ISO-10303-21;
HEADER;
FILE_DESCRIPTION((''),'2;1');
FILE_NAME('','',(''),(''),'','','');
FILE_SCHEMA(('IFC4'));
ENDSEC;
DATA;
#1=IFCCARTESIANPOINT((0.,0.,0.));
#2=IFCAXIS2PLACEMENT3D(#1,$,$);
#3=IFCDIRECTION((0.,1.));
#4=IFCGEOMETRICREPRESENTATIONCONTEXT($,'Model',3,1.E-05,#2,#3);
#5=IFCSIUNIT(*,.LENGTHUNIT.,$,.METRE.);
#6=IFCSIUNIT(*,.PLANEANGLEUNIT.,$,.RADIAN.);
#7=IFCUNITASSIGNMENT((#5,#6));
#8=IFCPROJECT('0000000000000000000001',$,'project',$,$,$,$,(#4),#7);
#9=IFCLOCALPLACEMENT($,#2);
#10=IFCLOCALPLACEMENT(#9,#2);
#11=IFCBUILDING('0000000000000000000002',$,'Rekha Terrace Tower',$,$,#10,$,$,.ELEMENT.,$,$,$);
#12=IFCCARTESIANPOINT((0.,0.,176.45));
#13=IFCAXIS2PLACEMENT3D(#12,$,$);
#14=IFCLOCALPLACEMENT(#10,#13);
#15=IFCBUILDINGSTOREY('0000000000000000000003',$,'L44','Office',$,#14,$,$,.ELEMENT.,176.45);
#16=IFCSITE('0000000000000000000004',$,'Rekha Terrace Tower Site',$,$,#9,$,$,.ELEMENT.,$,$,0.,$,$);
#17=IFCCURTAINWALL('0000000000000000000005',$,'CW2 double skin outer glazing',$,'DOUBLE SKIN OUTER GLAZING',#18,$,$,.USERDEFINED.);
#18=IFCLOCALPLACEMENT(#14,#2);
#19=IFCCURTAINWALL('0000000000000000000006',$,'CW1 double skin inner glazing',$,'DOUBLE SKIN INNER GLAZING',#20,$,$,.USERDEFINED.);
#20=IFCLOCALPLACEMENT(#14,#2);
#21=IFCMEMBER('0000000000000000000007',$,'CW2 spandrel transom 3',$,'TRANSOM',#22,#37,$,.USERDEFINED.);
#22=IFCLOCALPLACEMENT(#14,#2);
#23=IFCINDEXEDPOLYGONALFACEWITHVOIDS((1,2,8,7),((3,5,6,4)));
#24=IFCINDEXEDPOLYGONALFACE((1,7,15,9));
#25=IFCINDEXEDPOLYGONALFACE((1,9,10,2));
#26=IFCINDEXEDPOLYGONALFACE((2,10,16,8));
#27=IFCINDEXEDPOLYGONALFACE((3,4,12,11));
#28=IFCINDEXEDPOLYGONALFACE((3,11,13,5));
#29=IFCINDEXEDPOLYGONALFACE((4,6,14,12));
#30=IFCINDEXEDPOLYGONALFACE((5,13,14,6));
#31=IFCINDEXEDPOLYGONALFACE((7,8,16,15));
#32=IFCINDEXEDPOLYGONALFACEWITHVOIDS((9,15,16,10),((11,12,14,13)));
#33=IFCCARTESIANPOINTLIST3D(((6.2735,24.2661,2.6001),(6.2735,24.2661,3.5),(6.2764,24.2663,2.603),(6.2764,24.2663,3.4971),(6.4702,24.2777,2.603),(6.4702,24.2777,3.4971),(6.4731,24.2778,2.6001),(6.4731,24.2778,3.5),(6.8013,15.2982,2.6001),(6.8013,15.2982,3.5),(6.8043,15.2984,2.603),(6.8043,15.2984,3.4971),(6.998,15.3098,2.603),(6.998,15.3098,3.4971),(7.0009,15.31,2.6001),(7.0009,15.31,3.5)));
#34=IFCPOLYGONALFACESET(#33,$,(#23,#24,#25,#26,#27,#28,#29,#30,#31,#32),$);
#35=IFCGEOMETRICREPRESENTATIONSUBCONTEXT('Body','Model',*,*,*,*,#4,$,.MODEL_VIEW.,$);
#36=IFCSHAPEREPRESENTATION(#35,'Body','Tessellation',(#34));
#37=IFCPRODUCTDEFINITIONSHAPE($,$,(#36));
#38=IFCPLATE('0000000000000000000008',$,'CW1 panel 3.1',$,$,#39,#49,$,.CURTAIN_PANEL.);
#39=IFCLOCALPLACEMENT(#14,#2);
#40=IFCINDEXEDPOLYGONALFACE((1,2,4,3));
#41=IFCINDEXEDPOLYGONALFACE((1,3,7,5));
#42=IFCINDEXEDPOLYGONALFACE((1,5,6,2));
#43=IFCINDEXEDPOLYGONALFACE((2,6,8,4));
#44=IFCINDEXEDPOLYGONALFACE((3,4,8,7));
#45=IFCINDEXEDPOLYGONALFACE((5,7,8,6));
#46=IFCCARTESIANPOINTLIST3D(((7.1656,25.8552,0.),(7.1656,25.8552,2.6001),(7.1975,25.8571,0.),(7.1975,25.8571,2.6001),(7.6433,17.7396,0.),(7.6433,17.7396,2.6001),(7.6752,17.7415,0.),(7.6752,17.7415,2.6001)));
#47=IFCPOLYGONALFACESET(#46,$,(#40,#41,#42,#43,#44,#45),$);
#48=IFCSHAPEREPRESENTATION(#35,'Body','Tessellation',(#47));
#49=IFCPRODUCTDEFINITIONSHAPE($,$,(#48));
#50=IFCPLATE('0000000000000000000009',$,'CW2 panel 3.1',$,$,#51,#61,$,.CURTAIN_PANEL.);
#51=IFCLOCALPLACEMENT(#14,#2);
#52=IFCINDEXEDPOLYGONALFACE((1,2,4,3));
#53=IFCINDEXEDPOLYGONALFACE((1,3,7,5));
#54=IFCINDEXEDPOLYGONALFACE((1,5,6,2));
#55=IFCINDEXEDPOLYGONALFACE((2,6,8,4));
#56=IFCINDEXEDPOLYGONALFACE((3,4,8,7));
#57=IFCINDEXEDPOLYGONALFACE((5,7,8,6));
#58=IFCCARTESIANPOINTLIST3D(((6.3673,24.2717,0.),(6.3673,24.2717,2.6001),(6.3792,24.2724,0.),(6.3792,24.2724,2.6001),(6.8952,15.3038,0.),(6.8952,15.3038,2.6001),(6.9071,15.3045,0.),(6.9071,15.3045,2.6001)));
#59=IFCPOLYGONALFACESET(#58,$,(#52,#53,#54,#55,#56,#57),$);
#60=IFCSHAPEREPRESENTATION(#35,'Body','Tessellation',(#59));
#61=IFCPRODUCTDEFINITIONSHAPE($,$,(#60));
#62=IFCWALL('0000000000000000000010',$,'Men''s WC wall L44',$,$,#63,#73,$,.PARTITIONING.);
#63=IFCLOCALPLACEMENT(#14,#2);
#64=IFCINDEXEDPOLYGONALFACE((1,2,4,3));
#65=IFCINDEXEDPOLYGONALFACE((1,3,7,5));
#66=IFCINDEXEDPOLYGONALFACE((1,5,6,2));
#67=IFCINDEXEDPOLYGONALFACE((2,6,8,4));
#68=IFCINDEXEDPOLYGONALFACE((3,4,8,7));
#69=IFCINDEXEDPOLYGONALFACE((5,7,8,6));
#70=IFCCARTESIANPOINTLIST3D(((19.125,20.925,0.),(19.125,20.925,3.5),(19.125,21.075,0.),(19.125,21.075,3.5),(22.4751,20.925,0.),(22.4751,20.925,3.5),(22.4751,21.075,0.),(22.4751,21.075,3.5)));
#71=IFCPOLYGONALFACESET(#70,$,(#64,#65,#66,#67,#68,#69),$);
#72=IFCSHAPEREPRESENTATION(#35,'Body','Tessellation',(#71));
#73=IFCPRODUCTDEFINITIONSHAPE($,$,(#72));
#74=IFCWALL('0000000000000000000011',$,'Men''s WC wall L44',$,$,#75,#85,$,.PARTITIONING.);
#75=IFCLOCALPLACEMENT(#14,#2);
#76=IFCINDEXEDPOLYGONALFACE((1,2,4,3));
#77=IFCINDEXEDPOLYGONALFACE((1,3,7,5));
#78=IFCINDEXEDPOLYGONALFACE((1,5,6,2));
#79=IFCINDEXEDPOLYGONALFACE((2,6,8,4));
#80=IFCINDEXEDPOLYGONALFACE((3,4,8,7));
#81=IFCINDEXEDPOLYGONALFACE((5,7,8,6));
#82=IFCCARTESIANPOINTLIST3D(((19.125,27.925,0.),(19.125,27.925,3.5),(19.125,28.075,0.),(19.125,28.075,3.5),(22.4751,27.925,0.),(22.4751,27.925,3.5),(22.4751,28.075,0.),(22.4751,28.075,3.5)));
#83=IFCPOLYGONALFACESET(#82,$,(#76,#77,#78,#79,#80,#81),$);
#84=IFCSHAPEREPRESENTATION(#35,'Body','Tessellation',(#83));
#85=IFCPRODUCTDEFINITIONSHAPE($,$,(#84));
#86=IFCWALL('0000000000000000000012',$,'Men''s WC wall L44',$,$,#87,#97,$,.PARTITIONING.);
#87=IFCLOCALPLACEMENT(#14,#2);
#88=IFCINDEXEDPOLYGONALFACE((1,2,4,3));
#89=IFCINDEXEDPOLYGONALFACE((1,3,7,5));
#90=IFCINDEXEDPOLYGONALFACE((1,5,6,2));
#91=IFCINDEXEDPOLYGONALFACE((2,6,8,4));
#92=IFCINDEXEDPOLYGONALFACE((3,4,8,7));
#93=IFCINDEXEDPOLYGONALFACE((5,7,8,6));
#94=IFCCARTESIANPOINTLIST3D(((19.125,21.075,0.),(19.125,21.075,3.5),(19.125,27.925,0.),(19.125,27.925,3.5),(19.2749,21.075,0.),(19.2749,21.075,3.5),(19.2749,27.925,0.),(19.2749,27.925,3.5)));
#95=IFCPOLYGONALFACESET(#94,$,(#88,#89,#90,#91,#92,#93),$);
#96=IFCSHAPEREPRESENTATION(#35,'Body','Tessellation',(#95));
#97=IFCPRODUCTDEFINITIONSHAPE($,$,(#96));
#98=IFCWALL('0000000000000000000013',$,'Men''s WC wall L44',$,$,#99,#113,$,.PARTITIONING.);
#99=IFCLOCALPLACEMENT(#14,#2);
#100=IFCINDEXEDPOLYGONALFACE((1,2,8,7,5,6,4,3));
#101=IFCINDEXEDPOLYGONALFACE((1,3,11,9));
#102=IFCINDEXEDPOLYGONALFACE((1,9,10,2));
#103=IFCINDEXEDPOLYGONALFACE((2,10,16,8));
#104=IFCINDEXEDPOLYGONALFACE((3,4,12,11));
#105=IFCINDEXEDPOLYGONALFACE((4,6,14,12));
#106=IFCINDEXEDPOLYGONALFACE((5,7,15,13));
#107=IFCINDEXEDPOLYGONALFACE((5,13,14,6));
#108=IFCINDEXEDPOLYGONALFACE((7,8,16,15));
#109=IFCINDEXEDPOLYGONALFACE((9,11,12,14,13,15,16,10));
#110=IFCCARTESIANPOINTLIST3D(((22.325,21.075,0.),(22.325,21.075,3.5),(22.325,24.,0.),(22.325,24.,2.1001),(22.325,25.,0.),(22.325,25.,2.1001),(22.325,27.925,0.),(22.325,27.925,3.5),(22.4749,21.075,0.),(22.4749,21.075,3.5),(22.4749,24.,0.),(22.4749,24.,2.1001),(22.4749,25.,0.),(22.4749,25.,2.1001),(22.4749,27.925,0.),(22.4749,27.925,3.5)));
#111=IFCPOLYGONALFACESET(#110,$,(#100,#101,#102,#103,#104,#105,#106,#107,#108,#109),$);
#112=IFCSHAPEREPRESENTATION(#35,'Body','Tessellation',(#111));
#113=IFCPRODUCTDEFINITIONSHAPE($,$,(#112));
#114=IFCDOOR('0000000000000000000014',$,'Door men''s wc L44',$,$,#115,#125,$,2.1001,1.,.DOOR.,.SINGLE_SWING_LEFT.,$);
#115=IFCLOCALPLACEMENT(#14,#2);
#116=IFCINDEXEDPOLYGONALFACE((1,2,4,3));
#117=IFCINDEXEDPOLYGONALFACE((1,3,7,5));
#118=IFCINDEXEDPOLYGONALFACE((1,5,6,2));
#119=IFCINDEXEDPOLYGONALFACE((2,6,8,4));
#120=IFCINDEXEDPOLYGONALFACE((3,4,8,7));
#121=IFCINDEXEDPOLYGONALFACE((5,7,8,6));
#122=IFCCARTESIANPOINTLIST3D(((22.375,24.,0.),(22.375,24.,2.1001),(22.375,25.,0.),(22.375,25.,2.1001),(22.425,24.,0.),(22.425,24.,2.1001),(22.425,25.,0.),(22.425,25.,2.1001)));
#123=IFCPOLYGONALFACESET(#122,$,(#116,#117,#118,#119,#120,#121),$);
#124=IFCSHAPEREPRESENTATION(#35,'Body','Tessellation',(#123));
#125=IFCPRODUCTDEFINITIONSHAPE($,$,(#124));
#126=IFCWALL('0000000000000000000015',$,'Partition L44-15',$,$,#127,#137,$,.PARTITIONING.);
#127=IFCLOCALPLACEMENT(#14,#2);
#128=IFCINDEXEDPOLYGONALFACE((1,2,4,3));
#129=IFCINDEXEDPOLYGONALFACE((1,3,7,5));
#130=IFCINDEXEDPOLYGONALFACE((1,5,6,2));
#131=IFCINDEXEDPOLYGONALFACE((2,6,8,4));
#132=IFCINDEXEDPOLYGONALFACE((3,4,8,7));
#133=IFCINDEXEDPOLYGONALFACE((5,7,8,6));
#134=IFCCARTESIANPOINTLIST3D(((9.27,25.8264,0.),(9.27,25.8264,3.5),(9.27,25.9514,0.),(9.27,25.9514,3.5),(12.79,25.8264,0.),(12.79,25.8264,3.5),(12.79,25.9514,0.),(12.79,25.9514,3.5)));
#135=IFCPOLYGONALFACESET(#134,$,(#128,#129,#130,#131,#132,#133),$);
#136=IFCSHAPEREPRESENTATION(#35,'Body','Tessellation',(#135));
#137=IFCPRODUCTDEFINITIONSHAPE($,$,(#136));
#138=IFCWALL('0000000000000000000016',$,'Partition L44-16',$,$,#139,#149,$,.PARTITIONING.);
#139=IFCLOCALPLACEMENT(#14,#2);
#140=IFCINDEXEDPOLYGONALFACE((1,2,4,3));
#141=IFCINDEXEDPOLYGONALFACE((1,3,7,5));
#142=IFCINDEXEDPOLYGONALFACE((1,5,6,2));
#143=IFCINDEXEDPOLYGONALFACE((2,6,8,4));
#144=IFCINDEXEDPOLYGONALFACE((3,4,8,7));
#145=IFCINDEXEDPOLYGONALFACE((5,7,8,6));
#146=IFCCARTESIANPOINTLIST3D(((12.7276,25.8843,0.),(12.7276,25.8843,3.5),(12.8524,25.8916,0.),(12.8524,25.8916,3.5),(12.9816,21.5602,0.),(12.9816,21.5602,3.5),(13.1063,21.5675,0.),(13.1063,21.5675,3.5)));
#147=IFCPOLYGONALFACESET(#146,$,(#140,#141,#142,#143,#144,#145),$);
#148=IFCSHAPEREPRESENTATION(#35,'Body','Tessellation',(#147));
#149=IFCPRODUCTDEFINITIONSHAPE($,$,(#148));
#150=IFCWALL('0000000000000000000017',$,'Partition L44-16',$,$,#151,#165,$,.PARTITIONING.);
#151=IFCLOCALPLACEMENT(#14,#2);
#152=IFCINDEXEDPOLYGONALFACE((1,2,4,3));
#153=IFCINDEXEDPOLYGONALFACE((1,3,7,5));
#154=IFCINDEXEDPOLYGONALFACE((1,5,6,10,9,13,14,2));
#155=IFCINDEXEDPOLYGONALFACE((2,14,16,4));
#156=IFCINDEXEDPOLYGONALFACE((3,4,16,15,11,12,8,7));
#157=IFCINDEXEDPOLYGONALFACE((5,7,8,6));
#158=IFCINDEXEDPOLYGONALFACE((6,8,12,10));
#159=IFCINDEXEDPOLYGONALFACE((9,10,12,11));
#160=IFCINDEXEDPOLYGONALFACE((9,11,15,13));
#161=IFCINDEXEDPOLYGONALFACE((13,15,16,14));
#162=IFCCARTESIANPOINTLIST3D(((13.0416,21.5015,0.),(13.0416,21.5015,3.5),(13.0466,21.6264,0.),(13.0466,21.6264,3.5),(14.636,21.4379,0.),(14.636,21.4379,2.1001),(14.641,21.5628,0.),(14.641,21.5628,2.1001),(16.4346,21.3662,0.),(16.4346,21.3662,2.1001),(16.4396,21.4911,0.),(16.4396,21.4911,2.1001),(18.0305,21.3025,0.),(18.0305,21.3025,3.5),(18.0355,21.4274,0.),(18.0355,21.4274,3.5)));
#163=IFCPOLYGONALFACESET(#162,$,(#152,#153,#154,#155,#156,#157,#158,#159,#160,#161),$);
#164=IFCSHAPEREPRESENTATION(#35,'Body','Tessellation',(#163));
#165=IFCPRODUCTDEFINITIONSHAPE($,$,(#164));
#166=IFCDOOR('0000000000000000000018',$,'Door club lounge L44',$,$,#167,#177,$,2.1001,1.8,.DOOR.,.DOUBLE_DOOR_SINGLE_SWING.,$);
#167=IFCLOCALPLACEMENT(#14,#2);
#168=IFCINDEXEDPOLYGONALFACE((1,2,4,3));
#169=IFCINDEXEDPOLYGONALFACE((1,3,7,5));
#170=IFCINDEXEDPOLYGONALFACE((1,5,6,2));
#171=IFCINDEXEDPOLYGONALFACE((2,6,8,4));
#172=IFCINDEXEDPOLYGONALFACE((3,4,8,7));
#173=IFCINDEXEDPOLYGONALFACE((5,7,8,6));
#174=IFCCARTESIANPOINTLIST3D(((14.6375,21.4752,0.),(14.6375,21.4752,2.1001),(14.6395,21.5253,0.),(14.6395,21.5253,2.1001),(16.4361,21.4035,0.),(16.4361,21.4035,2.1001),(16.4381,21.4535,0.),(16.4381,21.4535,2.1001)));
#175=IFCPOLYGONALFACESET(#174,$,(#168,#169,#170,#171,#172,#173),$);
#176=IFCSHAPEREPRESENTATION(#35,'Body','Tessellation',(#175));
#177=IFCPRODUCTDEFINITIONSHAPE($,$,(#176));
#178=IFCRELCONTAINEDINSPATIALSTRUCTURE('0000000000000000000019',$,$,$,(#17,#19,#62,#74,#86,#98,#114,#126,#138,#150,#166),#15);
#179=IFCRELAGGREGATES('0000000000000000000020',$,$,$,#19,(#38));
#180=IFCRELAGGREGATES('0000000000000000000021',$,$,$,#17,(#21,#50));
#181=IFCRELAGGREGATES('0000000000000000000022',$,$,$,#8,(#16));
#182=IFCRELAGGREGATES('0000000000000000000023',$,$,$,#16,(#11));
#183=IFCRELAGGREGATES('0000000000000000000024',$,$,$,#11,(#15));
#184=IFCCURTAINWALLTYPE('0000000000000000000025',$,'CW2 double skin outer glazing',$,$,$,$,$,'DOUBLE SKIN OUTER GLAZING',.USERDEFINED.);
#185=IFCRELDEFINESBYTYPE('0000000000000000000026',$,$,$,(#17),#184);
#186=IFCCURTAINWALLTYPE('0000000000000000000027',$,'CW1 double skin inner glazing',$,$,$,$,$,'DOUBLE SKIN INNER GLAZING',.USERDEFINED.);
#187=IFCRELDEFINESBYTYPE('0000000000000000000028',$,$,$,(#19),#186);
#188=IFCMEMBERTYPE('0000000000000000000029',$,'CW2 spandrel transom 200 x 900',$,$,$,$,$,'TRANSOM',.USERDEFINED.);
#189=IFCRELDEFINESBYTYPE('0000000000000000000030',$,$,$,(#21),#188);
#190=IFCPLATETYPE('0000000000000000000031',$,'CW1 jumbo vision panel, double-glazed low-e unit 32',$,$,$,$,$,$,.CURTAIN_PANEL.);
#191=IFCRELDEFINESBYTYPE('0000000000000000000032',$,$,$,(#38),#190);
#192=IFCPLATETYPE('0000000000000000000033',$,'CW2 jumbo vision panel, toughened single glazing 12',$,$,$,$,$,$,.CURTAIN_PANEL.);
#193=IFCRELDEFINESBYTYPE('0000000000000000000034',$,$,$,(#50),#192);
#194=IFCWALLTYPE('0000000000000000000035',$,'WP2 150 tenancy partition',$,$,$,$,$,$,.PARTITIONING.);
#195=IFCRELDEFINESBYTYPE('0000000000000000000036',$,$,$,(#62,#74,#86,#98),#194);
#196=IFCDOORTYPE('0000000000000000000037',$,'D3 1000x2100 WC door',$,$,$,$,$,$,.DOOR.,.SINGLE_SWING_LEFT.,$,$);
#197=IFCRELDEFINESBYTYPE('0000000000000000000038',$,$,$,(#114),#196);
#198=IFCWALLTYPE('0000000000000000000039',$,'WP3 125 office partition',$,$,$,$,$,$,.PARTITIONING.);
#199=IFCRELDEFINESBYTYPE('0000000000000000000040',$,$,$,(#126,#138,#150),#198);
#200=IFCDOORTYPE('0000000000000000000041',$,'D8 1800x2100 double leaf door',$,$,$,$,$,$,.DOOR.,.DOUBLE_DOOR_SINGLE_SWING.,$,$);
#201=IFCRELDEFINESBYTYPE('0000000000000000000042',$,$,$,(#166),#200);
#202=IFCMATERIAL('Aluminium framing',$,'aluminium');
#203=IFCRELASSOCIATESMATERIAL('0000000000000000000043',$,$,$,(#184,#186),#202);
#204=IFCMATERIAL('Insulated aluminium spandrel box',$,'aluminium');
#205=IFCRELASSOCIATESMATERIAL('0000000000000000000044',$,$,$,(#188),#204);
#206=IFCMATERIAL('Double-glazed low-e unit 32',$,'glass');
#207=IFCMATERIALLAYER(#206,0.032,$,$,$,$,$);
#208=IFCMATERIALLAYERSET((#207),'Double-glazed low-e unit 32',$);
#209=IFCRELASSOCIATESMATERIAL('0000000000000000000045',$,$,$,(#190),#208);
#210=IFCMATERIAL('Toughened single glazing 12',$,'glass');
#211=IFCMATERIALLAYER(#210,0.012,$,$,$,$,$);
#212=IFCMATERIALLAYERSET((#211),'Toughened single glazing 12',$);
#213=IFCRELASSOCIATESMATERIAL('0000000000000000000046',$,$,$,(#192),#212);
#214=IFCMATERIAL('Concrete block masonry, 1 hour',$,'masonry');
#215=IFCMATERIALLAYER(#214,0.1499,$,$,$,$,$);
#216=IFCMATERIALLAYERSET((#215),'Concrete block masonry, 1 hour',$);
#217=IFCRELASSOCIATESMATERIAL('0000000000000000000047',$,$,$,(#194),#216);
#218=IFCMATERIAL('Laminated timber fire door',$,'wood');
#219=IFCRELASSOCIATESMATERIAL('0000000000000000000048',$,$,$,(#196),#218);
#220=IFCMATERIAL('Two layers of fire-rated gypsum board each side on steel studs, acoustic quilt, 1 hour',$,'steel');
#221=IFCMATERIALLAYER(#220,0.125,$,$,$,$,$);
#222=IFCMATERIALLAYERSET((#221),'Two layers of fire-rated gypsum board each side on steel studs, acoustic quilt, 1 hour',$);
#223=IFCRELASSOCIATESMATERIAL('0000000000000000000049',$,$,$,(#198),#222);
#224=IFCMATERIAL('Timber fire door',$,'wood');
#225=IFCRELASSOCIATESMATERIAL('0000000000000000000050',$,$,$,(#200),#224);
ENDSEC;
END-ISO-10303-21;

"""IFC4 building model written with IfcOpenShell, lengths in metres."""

from ifc_helpers import new_model, si_unit, direction, frame, frame_2d, origin, origin_2d, place, context, subcontext, project, spatial, rectangle, hollow_rectangle, extrude, material, layer, layer_set, material_profile, profile_set, type_object, element, fill, aggregate, save


model = new_model("IFC4")

# Units and contexts
model_context = context("Model", 3, precision=1e-05, world=origin(), true_north=direction((0.0, 1.0)))
body_context = subcontext(model_context, "Body", "Model", "MODEL_VIEW")
ifc_project = project(units=[si_unit("LENGTHUNIT", "METRE"), si_unit("PLANEANGLEUNIT", "RADIAN")], contexts=[model_context])

# Site, building, storey
site_placement = place(None, origin())
site = spatial("IfcSite", under=ifc_project, at=site_placement, Name="Rekha Terrace Tower Site", CompositionType="ELEMENT", RefElevation=0.0)
building_placement = place(site_placement, origin())
building = spatial("IfcBuilding", under=site, at=building_placement, Name="Rekha Terrace Tower", CompositionType="ELEMENT")
storey_placement = place(building_placement, frame((0.0, 0.0, 176.45)))
storey = spatial("IfcBuildingStorey", under=building, at=storey_placement, Name="L44", Description="Office", CompositionType="ELEMENT", Elevation=176.45)

# Curtain wall
ifc_material_1 = material(Name="Aluminium framing", Category="aluminium")
curtain_wall_type_1 = type_object("IfcCurtainWallType", Name="CW2 double skin outer glazing", ElementType="DOUBLE SKIN OUTER GLAZING", PredefinedType="USERDEFINED", material=ifc_material_1)
curtain_wall_1_placement = place(storey_placement, origin())
curtain_wall_1 = element("IfcCurtainWall", 1, at=curtain_wall_1_placement, inside=storey, type_object=curtain_wall_type_1, Name="CW2 double skin outer glazing", ObjectType="DOUBLE SKIN OUTER GLAZING", PredefinedType="USERDEFINED")
curtain_wall_type_2 = type_object("IfcCurtainWallType", Name="CW1 double skin inner glazing", ElementType="DOUBLE SKIN INNER GLAZING", PredefinedType="USERDEFINED", material=ifc_material_1)

# Curtain wall
curtain_wall_2_placement = place(storey_placement, origin())
curtain_wall_2 = element("IfcCurtainWall", 2, at=curtain_wall_2_placement, inside=storey, type_object=curtain_wall_type_2, Name="CW1 double skin inner glazing", ObjectType="DOUBLE SKIN INNER GLAZING", PredefinedType="USERDEFINED")

# Member
ifc_material_2 = material(Name="Insulated aluminium spandrel box", Category="aluminium")
ifc_material_profile_1 = material_profile(ifc_material_2, hollow_rectangle(XDim=0.2, YDim=0.8999, WallThickness=0.0029, at=origin_2d()), Name="AL SPANDREL BOX 200x900")
ifc_profile_set_1 = profile_set([ifc_material_profile_1], Name="Insulated aluminium spandrel box")
member_type_1 = type_object("IfcMemberType", Name="CW2 spandrel transom 200 x 900", ElementType="TRANSOM", PredefinedType="USERDEFINED", material=ifc_profile_set_1)
member_1_placement = place(storey_placement, frame((6.3733, 24.272, 3.05), z_axis=(0.058757, -0.998272, 0.0), x_axis=(0.998272, 0.058757, 0.0)))
member_1 = element("IfcMember", 3, at=member_1_placement, type_object=member_type_1, Name="CW2 spandrel transom 3", ObjectType="TRANSOM", PredefinedType="USERDEFINED", context=body_context, shape_type="SweptSolid", body=[
    extrude(hollow_rectangle(XDim=0.2, YDim=0.8999, WallThickness=0.0029, at=origin_2d()), origin(), (0.0, 0.0, 1.0), 8.9834),
])

# Plates
ifc_material_3 = material(Name="Double-glazed low-e unit 32", Category="glass")
ifc_layer_1 = layer(ifc_material_3, 0.032)
ifc_layer_set_1 = layer_set([ifc_layer_1], Name="Double-glazed low-e unit 32")
plate_type_1 = type_object("IfcPlateType", Name="CW1 jumbo vision panel, double-glazed low-e unit 32", PredefinedType="CURTAIN_PANEL", material=ifc_layer_set_1)
plate_1_placement = place(storey_placement, frame((7.4204, 21.7983, 0.0), z_axis=(0.0, 0.0, 1.0), x_axis=(0.058765, -0.998272, 0.0)))
plate_1 = element("IfcPlate", 4, at=plate_1_placement, type_object=plate_type_1, Name="CW1 panel 3.1", PredefinedType="CURTAIN_PANEL", context=body_context, shape_type="SweptSolid", body=[
    extrude(rectangle(XDim=8.1296, YDim=0.032, at=origin_2d()), origin(), (0.0, 0.0, 1.0), 2.6001),
])
aggregate(curtain_wall_2, [plate_1])
ifc_material_4 = material(Name="Toughened single glazing 12", Category="glass")
ifc_layer_2 = layer(ifc_material_4, 0.012)
ifc_layer_set_2 = layer_set([ifc_layer_2], Name="Toughened single glazing 12")
plate_type_2 = type_object("IfcPlateType", Name="CW2 jumbo vision panel, toughened single glazing 12", PredefinedType="CURTAIN_PANEL", material=ifc_layer_set_2)
plate_2_placement = place(storey_placement, frame((6.6372, 19.7881, 0.0), z_axis=(0.0, 0.0, 1.0), x_axis=(0.058765, -0.998272, 0.0)))
plate_2 = element("IfcPlate", 5, at=plate_2_placement, type_object=plate_type_2, Name="CW2 panel 3.1", PredefinedType="CURTAIN_PANEL", context=body_context, shape_type="SweptSolid", body=[
    extrude(rectangle(XDim=8.9834, YDim=0.012, at=origin_2d()), origin(), (0.0, 0.0, 1.0), 2.6001),
])
aggregate(curtain_wall_1, [member_1, plate_2])

# Walls
ifc_material_5 = material(Name="Concrete block masonry, 1 hour", Category="masonry")
ifc_layer_3 = layer(ifc_material_5, 0.1499)
ifc_layer_set_3 = layer_set([ifc_layer_3], Name="Concrete block masonry, 1 hour")
wall_type_1 = type_object("IfcWallType", Name="WP2 150 tenancy partition", PredefinedType="PARTITIONING", material=ifc_layer_set_3)
for number, where, z_axis, x_axis, name in (
    (6, (19.125, 21.0, 0.0), (0.0, 0.0, 1.0), (1.0, 0.0, 0.0), "Men's WC wall L44"),
    (7, (19.125, 28.0, 0.0), (0.0, 0.0, 1.0), (1.0, 0.0, 0.0), "Men's WC wall L44"),
):
    element("IfcWall", number, at=place(storey_placement, frame(where, z_axis=z_axis, x_axis=x_axis)), inside=storey, type_object=wall_type_1, Name=name, PredefinedType="PARTITIONING", context=body_context, shape_type="SweptSolid", body=[
        extrude(rectangle(XDim=3.3501, YDim=0.1499, at=frame_2d((1.675, 0.0))), origin(), (0.0, 0.0, 1.0), 3.5),
    ])
wall_1_placement = place(storey_placement, frame((19.2, 21.075, 0.0), z_axis=(0.0, 0.0, 1.0), x_axis=(0.0, 1.0, 0.0)))
element("IfcWall", 8, at=wall_1_placement, inside=storey, type_object=wall_type_1, Name="Men's WC wall L44", PredefinedType="PARTITIONING", context=body_context, shape_type="SweptSolid", body=[
    extrude(rectangle(XDim=6.8501, YDim=0.1499, at=frame_2d((3.425, 0.0))), origin(), (0.0, 0.0, 1.0), 3.5),
])

# Wall, opening, door
wall_2_placement = place(storey_placement, frame((22.3999, 21.075, 0.0), z_axis=(0.0, 0.0, 1.0), x_axis=(0.0, 1.0, 0.0)))
wall_2 = element("IfcWall", 9, at=wall_2_placement, inside=storey, type_object=wall_type_1, Name="Men's WC wall L44", PredefinedType="PARTITIONING", context=body_context, shape_type="SweptSolid", body=[
    extrude(rectangle(XDim=6.8501, YDim=0.1499, at=frame_2d((3.425, 0.0))), origin(), (0.0, 0.0, 1.0), 3.5),
])
opening_1_placement = place(wall_2_placement, frame((2.925, 0.0, 0.0)))
opening_1 = element("IfcOpeningElement", 10, at=opening_1_placement, cuts=wall_2, PredefinedType="OPENING", context=body_context, shape_type="SweptSolid", body=[
    extrude(rectangle(XDim=1.0, YDim=2.1001, at=frame_2d((0.5, 1.05))), frame((0.0, 0.085, 0.0), z_axis=(0.0, -1.0, 0.0), x_axis=(1.0, 0.0, 0.0)), (0.0, 0.0, 1.0), 0.1699),
])
ifc_material_6 = material(Name="Laminated timber fire door", Category="wood")
door_type_1 = type_object("IfcDoorType", Name="D3 1000x2100 WC door", OperationType="SINGLE_SWING_LEFT", PredefinedType="DOOR", material=ifc_material_6)
door_1_placement = place(opening_1_placement, origin())
door_1 = element("IfcDoor", 11, at=door_1_placement, inside=storey, type_object=door_type_1, Name="Door men's wc L44", OperationType="SINGLE_SWING_LEFT", OverallHeight=2.1001, OverallWidth=1.0, PredefinedType="DOOR", context=body_context, shape_type="SweptSolid", body=[
    extrude(rectangle(XDim=1.0, YDim=2.1001, at=frame_2d((0.5, 1.05))), frame((0.0, 0.0249, 0.0), z_axis=(0.0, -1.0, 0.0), x_axis=(1.0, 0.0, 0.0)), (0.0, 0.0, 1.0), 0.05),
])
fill(opening_1, door_1)

# Walls
ifc_material_7 = material(Name="Two layers of fire-rated gypsum board each side on steel studs, acoustic quilt, 1 hour", Category="steel")
ifc_layer_4 = layer(ifc_material_7, 0.125)
ifc_layer_set_4 = layer_set([ifc_layer_4], Name="Two layers of fire-rated gypsum board each side on steel studs, acoustic quilt, 1 hour")
wall_type_2 = type_object("IfcWallType", Name="WP3 125 office partition", PredefinedType="PARTITIONING", material=ifc_layer_set_4)
wall_3_placement = place(storey_placement, frame((12.79, 25.8889, 0.0), z_axis=(0.0, 0.0, 1.0), x_axis=(-1.0, 0.0, 0.0)))
element("IfcWall", 12, at=wall_3_placement, inside=storey, type_object=wall_type_2, Name="Partition L44-15", PredefinedType="PARTITIONING", context=body_context, shape_type="SweptSolid", body=[
    extrude(rectangle(XDim=3.52, YDim=0.125, at=frame_2d((1.76, 0.0))), origin(), (0.0, 0.0, 1.0), 3.5),
])
wall_4_placement = place(storey_placement, frame((12.79, 25.8879, 0.0), z_axis=(0.0, 0.0, 1.0), x_axis=(0.05862, -0.99828, 0.0)))
element("IfcWall", 13, at=wall_4_placement, inside=storey, type_object=wall_type_2, Name="Partition L44-16", PredefinedType="PARTITIONING", context=body_context, shape_type="SweptSolid", body=[
    extrude(rectangle(XDim=4.3315, YDim=0.125, at=frame_2d((2.1658, 0.0))), origin(), (0.0, 0.0, 1.0), 3.5),
])

# Wall, opening, door
wall_5_placement = place(storey_placement, frame((13.0439, 21.564, 0.0), z_axis=(0.0, 0.0, 1.0), x_axis=(0.999206, -0.039851, 0.0)))
wall_5 = element("IfcWall", 14, at=wall_5_placement, inside=storey, type_object=wall_type_2, Name="Partition L44-16", PredefinedType="PARTITIONING", context=body_context, shape_type="SweptSolid", body=[
    extrude(rectangle(XDim=4.9929, YDim=0.125, at=frame_2d((2.4966, 0.0))), origin(), (0.0, 0.0, 1.0), 3.5),
])
opening_2_placement = place(wall_5_placement, frame((1.5959, 0.0, 0.0)))
opening_2 = element("IfcOpeningElement", 15, at=opening_2_placement, cuts=wall_5, PredefinedType="OPENING", context=body_context, shape_type="SweptSolid", body=[
    extrude(rectangle(XDim=1.8, YDim=2.1001, at=frame_2d((0.8999, 1.05))), frame((0.0, 0.0725, 0.0), z_axis=(0.0, -1.0, 0.0), x_axis=(1.0, 0.0, 0.0)), (0.0, 0.0, 1.0), 0.145),
])
ifc_material_8 = material(Name="Timber fire door", Category="wood")
door_type_2 = type_object("IfcDoorType", Name="D8 1800x2100 double leaf door", OperationType="DOUBLE_DOOR_SINGLE_SWING", PredefinedType="DOOR", material=ifc_material_8)
door_2_placement = place(opening_2_placement, origin())
door_2 = element("IfcDoor", 16, at=door_2_placement, inside=storey, type_object=door_type_2, Name="Door club lounge L44", OperationType="DOUBLE_DOOR_SINGLE_SWING", OverallHeight=2.1001, OverallWidth=1.8, PredefinedType="DOOR", context=body_context, shape_type="SweptSolid", body=[
    extrude(rectangle(XDim=1.8, YDim=2.1001, at=frame_2d((0.8999, 1.05))), frame((0.0, 0.0249, 0.0), z_axis=(0.0, -1.0, 0.0), x_axis=(1.0, 0.0, 0.0)), (0.0, 0.0, 1.0), 0.05),
])
fill(opening_2, door_2)

save(model, "model.ifc")
